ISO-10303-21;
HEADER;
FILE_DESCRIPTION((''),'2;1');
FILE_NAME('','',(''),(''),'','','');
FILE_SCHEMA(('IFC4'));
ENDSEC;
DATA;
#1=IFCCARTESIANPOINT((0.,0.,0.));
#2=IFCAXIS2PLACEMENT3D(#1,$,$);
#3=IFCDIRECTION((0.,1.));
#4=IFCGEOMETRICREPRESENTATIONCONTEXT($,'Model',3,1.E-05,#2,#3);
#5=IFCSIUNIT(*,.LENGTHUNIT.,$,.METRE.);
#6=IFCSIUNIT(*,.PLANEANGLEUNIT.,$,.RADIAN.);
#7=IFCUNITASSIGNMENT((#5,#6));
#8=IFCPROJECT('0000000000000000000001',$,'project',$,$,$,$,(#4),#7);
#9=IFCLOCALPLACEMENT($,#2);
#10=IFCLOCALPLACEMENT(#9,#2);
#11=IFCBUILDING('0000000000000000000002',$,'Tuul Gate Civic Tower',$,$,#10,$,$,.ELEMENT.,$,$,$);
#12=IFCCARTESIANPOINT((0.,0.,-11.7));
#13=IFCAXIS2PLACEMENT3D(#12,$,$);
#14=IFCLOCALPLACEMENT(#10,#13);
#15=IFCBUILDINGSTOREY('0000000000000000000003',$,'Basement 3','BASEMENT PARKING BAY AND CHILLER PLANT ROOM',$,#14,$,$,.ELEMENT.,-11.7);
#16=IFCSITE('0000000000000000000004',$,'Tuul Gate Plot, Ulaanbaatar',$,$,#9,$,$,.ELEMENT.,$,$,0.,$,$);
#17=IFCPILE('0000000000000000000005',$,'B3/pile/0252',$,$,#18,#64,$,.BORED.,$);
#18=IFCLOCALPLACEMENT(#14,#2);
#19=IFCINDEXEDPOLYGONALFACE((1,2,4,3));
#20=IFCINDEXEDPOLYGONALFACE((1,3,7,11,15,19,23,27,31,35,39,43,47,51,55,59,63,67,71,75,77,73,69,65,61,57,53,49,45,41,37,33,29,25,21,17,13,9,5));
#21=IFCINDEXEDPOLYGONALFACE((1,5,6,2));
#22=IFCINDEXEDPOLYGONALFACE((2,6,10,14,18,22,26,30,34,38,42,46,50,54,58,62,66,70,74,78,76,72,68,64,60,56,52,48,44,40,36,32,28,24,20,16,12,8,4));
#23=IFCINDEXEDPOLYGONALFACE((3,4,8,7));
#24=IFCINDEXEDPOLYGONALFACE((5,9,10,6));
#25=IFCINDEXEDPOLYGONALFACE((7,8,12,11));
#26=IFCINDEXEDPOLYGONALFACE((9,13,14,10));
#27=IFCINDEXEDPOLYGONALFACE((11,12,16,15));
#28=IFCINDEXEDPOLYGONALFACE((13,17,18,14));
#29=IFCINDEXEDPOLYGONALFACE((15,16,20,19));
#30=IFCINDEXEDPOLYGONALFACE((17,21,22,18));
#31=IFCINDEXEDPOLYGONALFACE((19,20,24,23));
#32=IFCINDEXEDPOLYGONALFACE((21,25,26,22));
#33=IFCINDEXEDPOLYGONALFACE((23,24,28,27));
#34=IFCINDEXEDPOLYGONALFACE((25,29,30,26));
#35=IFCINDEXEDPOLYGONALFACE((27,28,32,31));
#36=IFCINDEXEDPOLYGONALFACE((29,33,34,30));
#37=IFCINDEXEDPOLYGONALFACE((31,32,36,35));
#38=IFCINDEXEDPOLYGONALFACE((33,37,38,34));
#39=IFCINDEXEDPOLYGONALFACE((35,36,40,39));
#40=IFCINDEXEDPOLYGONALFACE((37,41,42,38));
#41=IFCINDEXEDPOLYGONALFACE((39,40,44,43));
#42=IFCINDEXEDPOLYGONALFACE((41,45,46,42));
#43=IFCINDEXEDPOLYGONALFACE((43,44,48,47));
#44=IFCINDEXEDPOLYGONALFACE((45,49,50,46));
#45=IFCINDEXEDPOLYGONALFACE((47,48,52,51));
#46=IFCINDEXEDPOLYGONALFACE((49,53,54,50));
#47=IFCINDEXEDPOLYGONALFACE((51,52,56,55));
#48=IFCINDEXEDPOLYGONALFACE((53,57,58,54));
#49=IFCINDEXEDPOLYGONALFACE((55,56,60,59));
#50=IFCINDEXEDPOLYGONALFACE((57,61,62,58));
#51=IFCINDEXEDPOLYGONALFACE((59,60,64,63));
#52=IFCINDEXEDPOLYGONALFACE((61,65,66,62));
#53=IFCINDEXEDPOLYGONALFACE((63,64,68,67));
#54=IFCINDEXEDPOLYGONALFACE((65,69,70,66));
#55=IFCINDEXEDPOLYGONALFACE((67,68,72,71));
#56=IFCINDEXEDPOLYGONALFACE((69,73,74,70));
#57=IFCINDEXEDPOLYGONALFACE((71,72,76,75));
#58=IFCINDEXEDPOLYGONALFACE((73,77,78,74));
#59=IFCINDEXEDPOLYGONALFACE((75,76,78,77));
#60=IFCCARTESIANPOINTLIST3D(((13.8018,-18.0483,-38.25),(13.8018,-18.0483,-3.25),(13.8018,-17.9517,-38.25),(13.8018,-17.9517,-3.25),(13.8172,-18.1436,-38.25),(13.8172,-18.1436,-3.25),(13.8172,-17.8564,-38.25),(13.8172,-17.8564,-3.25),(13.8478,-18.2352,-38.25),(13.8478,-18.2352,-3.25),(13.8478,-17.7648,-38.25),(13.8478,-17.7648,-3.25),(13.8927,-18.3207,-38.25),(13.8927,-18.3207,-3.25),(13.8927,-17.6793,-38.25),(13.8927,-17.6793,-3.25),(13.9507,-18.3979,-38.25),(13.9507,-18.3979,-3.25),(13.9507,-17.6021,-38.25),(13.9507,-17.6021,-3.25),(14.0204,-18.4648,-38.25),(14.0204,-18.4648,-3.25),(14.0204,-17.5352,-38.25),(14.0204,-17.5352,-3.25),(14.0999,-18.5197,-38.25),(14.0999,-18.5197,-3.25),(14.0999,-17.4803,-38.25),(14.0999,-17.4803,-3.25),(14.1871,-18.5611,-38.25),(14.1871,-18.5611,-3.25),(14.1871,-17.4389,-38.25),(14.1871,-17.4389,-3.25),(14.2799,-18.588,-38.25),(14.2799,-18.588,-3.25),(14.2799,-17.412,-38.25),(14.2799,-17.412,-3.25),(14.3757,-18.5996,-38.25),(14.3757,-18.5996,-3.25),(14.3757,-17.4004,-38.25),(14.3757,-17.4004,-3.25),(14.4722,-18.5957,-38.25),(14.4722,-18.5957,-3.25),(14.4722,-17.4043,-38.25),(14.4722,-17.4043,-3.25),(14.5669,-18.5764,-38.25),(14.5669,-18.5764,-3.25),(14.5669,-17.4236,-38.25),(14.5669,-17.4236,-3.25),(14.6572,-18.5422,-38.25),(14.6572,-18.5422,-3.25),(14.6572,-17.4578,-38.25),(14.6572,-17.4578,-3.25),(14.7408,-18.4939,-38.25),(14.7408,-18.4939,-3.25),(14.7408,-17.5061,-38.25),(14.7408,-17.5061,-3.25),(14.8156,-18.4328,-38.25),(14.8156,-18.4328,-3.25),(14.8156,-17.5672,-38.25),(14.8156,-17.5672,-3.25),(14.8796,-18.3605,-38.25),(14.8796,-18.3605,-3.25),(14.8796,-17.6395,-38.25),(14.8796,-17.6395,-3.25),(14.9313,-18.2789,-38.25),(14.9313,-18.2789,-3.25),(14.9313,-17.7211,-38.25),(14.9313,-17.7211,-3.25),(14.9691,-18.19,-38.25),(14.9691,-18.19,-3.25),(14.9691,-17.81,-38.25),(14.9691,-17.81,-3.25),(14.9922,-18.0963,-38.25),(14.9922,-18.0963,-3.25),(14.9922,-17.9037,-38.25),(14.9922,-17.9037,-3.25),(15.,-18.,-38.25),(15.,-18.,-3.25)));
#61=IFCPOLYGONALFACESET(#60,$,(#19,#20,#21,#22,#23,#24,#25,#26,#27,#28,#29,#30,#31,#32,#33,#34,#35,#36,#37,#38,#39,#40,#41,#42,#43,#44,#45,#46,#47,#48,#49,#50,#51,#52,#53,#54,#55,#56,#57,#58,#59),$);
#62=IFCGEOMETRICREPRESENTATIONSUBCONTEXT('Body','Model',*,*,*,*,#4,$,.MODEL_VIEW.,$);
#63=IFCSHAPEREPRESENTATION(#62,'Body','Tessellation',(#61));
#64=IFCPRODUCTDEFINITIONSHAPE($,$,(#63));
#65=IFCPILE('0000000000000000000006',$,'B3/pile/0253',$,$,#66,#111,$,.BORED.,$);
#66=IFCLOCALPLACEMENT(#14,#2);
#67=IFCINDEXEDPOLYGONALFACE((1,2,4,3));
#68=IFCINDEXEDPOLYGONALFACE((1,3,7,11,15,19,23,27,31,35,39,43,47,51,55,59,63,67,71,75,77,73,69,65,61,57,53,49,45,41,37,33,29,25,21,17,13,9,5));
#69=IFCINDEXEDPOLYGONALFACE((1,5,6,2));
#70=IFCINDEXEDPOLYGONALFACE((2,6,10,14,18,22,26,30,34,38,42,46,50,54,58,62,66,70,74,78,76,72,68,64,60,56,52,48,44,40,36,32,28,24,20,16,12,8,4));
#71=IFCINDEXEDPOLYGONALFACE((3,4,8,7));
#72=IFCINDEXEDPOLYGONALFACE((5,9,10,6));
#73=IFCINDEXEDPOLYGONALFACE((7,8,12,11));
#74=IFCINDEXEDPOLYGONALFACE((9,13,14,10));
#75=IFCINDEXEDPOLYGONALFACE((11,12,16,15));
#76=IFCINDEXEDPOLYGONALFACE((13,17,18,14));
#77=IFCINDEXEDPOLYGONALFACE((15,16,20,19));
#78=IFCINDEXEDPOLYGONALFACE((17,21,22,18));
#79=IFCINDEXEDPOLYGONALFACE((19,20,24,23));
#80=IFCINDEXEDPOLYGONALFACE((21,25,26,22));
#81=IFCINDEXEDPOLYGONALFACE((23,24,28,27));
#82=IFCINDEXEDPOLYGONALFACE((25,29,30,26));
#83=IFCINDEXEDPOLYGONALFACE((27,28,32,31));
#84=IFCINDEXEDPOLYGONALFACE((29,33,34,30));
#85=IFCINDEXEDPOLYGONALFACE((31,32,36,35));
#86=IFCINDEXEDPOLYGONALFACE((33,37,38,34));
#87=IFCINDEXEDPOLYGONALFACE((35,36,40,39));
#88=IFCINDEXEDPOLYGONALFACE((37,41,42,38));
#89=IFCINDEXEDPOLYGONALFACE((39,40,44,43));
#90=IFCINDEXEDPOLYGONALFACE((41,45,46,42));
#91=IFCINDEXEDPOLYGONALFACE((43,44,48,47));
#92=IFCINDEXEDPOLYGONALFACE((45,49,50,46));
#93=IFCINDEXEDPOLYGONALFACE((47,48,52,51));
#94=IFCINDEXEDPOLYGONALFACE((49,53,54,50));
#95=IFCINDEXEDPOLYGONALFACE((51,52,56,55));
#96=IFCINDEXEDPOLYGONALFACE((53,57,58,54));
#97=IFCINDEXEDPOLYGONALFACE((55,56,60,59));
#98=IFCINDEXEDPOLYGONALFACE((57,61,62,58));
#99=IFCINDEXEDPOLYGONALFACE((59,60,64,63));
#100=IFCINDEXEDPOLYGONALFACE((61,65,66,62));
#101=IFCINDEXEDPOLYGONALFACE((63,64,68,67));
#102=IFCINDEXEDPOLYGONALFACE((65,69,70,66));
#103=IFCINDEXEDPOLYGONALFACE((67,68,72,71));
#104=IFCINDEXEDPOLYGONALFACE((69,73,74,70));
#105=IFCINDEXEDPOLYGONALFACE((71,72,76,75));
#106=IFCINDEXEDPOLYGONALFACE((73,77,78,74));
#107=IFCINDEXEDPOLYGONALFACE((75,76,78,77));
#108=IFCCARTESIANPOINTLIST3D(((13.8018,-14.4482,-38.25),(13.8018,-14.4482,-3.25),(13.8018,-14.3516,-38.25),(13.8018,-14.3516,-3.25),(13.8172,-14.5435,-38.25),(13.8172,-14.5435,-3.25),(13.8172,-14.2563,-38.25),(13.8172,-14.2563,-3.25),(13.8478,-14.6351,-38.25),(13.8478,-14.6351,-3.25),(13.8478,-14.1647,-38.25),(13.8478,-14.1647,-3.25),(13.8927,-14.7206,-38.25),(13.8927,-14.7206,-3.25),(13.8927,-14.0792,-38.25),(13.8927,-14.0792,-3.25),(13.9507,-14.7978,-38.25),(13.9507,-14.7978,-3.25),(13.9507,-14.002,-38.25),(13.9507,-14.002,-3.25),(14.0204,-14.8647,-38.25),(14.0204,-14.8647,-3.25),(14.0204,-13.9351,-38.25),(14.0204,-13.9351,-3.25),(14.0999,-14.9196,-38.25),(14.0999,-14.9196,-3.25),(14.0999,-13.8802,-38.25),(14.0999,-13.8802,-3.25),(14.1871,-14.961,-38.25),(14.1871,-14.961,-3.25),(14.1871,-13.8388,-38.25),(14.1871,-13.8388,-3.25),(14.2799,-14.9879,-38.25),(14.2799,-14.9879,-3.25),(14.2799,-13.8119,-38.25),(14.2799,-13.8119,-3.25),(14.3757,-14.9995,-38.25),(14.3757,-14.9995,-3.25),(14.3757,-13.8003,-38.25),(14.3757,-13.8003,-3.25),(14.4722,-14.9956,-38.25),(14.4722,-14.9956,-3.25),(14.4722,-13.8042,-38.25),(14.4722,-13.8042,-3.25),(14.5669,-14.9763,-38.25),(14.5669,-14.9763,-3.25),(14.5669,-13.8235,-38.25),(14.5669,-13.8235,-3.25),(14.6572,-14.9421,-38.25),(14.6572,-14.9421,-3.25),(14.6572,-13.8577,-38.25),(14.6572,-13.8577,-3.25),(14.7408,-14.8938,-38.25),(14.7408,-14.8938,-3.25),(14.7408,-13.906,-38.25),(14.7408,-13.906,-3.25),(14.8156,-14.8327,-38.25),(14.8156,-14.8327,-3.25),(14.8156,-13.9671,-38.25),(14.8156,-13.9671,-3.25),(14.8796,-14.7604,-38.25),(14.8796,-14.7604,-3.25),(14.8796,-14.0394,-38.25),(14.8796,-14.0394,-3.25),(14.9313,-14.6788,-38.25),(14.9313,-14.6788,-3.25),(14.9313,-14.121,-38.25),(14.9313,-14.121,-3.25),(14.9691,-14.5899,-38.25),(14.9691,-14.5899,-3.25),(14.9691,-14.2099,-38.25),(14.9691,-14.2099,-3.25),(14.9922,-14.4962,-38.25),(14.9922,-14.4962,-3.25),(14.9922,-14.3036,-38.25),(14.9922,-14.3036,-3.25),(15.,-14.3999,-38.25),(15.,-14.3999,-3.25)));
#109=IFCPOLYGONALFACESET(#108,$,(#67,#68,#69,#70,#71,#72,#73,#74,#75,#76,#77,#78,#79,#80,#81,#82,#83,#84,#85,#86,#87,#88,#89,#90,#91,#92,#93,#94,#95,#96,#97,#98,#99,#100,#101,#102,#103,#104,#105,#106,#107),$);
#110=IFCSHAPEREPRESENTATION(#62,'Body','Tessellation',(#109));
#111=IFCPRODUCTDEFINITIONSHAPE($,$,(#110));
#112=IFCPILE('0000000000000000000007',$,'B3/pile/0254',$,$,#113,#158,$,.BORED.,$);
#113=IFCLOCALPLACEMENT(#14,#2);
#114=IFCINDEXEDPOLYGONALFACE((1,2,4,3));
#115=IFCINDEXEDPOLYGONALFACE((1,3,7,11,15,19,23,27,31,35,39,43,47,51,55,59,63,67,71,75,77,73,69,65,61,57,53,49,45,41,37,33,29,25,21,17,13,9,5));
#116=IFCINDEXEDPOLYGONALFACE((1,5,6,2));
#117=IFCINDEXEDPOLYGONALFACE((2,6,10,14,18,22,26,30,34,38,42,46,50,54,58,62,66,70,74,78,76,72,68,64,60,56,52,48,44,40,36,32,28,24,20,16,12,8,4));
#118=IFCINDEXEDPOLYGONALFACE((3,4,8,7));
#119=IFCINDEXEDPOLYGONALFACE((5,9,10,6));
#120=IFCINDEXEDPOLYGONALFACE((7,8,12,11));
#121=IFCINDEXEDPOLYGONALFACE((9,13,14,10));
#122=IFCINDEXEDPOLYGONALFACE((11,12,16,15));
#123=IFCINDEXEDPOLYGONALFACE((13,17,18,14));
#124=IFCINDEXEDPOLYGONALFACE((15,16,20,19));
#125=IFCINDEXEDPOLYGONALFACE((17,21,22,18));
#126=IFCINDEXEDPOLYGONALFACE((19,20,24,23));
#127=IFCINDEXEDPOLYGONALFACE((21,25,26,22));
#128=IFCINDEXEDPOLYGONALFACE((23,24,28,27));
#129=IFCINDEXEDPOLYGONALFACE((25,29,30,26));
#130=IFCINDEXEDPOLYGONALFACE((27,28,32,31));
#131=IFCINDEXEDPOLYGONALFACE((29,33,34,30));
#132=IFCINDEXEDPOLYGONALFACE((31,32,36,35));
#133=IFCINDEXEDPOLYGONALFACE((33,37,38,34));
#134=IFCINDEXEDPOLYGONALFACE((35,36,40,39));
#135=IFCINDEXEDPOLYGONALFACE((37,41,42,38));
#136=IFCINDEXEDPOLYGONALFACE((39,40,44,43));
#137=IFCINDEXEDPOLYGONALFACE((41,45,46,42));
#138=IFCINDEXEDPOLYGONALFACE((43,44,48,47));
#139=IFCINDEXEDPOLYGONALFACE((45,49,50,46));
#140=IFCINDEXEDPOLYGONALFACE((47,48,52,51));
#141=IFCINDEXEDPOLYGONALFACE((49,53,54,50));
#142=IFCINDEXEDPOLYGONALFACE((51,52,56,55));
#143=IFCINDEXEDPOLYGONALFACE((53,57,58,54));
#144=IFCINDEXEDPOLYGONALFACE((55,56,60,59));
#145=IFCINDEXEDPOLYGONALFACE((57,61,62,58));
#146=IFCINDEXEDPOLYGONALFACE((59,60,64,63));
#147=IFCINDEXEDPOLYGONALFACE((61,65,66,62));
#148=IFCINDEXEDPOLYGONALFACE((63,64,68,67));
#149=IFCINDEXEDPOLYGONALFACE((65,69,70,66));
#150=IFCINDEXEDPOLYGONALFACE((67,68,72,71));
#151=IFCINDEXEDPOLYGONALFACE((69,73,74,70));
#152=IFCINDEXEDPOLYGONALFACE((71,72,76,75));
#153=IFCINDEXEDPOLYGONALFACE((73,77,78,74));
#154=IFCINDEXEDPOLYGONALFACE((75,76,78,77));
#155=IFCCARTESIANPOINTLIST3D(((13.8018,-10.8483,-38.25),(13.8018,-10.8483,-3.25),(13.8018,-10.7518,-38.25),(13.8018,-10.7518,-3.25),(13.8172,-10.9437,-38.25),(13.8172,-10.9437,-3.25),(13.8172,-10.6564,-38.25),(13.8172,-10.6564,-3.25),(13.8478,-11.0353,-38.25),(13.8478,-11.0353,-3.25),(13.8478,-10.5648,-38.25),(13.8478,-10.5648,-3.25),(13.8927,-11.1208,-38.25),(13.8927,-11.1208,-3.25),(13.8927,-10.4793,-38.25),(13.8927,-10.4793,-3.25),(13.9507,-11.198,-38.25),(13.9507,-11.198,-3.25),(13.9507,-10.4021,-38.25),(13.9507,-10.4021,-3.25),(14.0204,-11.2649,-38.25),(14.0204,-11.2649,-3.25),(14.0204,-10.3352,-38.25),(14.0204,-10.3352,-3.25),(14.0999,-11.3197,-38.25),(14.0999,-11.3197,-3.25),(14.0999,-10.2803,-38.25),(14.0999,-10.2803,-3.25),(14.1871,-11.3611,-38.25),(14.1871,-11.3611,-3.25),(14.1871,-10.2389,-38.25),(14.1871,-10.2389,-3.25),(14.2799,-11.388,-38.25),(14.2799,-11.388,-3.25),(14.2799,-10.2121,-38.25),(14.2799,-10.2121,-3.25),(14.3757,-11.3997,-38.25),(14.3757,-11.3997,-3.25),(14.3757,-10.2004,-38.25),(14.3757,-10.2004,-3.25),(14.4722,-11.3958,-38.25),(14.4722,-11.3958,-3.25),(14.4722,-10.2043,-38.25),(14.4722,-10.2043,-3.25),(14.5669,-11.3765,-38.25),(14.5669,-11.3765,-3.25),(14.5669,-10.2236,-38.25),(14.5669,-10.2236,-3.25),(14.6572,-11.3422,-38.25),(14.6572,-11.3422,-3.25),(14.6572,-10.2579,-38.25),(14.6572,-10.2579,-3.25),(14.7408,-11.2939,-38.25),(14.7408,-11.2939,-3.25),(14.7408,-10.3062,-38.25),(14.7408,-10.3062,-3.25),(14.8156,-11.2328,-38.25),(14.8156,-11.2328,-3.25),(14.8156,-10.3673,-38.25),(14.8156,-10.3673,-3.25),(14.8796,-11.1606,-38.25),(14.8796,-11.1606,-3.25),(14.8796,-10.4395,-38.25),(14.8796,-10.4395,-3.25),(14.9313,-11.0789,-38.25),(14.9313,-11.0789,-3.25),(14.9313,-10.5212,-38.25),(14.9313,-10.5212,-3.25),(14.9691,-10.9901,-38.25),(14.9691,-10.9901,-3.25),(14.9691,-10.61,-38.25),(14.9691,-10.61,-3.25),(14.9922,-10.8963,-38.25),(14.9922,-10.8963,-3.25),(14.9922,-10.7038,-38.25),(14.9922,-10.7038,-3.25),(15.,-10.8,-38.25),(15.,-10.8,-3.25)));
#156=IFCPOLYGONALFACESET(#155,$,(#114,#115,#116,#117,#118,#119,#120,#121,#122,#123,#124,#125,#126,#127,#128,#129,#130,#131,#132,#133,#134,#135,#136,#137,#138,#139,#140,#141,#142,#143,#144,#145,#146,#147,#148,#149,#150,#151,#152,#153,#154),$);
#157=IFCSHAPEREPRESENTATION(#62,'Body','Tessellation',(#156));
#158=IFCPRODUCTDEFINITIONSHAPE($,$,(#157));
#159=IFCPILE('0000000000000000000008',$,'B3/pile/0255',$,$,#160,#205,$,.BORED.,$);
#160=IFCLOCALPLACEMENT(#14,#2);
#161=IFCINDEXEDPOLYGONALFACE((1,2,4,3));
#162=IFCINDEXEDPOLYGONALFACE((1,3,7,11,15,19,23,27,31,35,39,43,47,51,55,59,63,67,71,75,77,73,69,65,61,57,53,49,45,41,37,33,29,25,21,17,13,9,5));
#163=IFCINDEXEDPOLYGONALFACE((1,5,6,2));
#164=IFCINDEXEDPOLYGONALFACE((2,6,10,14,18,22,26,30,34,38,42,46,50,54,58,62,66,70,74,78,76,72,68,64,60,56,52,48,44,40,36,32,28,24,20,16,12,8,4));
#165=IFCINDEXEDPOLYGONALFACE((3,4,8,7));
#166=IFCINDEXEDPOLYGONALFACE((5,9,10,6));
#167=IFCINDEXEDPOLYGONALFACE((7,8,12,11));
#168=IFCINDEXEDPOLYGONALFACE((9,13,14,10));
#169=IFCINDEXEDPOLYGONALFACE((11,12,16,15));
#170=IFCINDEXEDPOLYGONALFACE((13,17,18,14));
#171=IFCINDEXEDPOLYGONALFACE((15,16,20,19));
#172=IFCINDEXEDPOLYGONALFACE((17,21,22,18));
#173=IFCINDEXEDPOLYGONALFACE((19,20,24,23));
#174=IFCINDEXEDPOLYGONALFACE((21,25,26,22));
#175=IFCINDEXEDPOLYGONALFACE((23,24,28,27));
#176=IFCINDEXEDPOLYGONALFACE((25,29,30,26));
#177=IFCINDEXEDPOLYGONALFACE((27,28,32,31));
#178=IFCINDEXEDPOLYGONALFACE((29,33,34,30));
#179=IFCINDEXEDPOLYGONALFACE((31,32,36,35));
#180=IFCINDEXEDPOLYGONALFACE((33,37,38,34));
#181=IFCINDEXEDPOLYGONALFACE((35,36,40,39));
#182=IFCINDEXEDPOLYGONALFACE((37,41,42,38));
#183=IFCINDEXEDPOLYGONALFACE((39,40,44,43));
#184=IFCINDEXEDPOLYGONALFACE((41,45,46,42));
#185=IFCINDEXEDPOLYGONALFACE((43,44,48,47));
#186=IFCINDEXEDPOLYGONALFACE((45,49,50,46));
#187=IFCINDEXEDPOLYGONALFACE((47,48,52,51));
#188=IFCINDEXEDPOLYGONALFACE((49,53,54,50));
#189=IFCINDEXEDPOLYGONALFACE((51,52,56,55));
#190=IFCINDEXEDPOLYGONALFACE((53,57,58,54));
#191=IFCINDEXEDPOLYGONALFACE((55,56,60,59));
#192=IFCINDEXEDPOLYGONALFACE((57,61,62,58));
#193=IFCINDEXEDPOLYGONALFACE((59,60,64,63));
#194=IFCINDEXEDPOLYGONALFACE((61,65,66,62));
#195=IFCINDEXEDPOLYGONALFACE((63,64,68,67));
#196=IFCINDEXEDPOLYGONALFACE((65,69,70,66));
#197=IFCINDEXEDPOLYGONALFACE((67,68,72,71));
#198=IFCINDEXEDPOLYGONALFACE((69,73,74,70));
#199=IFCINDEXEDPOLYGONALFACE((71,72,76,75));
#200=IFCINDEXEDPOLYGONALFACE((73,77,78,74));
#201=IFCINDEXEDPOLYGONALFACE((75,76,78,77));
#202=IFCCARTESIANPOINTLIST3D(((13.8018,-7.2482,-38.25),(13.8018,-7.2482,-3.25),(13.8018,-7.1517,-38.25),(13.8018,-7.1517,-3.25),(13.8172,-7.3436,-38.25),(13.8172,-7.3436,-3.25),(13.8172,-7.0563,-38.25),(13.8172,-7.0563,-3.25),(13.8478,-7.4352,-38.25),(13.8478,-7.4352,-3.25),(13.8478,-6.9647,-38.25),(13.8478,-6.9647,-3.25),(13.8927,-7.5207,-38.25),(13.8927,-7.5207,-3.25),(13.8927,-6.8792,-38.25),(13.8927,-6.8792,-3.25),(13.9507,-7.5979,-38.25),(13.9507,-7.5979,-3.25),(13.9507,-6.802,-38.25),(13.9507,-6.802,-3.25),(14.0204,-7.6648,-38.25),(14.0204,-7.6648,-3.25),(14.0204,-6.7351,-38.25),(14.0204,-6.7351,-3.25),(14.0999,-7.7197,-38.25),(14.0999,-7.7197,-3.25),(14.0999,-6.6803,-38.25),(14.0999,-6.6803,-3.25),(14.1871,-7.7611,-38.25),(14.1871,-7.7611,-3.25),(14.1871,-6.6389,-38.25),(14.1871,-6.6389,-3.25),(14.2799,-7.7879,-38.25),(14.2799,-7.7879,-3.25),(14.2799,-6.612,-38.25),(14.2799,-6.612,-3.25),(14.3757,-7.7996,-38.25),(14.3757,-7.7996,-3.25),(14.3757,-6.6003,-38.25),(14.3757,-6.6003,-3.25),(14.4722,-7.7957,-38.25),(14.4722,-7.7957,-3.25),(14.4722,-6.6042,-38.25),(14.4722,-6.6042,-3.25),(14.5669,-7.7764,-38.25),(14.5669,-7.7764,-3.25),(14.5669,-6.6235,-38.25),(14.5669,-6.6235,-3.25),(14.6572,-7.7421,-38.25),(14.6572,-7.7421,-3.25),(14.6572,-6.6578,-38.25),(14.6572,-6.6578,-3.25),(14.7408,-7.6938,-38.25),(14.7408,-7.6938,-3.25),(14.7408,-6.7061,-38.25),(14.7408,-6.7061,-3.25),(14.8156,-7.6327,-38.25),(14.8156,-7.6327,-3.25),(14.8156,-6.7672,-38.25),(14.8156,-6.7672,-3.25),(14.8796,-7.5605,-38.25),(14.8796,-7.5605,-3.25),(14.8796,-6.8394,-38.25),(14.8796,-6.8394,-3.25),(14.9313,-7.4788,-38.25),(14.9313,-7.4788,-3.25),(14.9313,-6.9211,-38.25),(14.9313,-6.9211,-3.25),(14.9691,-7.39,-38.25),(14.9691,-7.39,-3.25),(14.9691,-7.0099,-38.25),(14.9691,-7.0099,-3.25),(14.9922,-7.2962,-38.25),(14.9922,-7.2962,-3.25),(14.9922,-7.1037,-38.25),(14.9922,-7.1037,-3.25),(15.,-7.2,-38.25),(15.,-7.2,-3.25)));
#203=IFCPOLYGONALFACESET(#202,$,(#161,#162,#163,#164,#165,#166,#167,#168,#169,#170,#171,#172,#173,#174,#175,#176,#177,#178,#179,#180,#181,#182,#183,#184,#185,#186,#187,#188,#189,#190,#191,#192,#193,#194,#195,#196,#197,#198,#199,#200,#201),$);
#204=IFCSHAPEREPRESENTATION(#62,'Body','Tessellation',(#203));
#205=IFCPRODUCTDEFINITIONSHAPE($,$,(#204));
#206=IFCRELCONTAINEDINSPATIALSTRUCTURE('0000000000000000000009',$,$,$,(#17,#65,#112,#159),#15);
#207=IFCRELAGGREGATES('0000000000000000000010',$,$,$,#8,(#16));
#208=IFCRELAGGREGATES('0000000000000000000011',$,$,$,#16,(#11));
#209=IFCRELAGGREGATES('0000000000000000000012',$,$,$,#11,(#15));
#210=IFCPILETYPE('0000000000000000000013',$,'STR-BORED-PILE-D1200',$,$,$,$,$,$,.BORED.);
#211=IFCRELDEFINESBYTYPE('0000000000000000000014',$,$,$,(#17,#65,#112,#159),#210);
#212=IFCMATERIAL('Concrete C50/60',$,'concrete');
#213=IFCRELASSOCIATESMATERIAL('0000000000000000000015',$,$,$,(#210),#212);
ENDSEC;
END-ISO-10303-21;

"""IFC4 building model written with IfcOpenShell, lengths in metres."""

from ifc_helpers import new_model, si_unit, direction, frame, origin, origin_2d, place, context, subcontext, project, spatial, circle, extrude, material, material_profile, profile_set, type_object, element, save


model = new_model("IFC4")

# Units and contexts
model_context = context("Model", 3, precision=1e-05, world=origin(), true_north=direction((0.0, 1.0)))
body_context = subcontext(model_context, "Body", "Model", "MODEL_VIEW")
ifc_project = project(units=[si_unit("LENGTHUNIT", "METRE"), si_unit("PLANEANGLEUNIT", "RADIAN")], contexts=[model_context])

# Site, building, storey
site_placement = place(None, origin())
site = spatial("IfcSite", under=ifc_project, at=site_placement, Name="Tuul Gate Plot, Ulaanbaatar", CompositionType="ELEMENT", RefElevation=0.0)
building_placement = place(site_placement, origin())
building = spatial("IfcBuilding", under=site, at=building_placement, Name="Tuul Gate Civic Tower", CompositionType="ELEMENT")
storey_placement = place(building_placement, frame((0.0, 0.0, -11.7)))
storey = spatial("IfcBuildingStorey", under=building, at=storey_placement, Name="Basement 3", Description="BASEMENT PARKING BAY AND CHILLER PLANT ROOM", CompositionType="ELEMENT", Elevation=-11.7)

# Piles
ifc_material_1 = material(Name="Concrete C50/60", Category="concrete")
ifc_material_profile_1 = material_profile(ifc_material_1, circle(Radius=0.6001, at=origin_2d()), Name="PILE1200")
ifc_profile_set_1 = profile_set([ifc_material_profile_1], Name="Concrete C50/60")
pile_type = type_object("IfcPileType", Name="STR-BORED-PILE-D1200", PredefinedType="BORED", material=ifc_profile_set_1)
for number, where, z_axis, x_axis, name in (
    (1, (14.3999, -18.0, -3.25), (0.0, 0.0, -1.0), (1.0, 0.0, 0.0), "B3/pile/0252"),
    (2, (14.3999, -14.3999, -3.25), (0.0, 0.0, -1.0), (1.0, 0.0, 0.0), "B3/pile/0253"),
    (3, (14.3999, -10.8, -3.25), (0.0, 0.0, -1.0), (1.0, 0.0, 0.0), "B3/pile/0254"),
    (4, (14.3999, -7.2, -3.25), (0.0, 0.0, -1.0), (1.0, 0.0, 0.0), "B3/pile/0255"),
):
    element("IfcPile", number, at=place(storey_placement, frame(where, z_axis=z_axis, x_axis=x_axis)), inside=storey, type_object=pile_type, Name=name, PredefinedType="BORED", context=body_context, shape_type="SweptSolid", body=[
        extrude(circle(Radius=0.6001, at=origin_2d()), origin(), (0.0, 0.0, 1.0), 35.0),
    ])

save(model, "model.ifc")
